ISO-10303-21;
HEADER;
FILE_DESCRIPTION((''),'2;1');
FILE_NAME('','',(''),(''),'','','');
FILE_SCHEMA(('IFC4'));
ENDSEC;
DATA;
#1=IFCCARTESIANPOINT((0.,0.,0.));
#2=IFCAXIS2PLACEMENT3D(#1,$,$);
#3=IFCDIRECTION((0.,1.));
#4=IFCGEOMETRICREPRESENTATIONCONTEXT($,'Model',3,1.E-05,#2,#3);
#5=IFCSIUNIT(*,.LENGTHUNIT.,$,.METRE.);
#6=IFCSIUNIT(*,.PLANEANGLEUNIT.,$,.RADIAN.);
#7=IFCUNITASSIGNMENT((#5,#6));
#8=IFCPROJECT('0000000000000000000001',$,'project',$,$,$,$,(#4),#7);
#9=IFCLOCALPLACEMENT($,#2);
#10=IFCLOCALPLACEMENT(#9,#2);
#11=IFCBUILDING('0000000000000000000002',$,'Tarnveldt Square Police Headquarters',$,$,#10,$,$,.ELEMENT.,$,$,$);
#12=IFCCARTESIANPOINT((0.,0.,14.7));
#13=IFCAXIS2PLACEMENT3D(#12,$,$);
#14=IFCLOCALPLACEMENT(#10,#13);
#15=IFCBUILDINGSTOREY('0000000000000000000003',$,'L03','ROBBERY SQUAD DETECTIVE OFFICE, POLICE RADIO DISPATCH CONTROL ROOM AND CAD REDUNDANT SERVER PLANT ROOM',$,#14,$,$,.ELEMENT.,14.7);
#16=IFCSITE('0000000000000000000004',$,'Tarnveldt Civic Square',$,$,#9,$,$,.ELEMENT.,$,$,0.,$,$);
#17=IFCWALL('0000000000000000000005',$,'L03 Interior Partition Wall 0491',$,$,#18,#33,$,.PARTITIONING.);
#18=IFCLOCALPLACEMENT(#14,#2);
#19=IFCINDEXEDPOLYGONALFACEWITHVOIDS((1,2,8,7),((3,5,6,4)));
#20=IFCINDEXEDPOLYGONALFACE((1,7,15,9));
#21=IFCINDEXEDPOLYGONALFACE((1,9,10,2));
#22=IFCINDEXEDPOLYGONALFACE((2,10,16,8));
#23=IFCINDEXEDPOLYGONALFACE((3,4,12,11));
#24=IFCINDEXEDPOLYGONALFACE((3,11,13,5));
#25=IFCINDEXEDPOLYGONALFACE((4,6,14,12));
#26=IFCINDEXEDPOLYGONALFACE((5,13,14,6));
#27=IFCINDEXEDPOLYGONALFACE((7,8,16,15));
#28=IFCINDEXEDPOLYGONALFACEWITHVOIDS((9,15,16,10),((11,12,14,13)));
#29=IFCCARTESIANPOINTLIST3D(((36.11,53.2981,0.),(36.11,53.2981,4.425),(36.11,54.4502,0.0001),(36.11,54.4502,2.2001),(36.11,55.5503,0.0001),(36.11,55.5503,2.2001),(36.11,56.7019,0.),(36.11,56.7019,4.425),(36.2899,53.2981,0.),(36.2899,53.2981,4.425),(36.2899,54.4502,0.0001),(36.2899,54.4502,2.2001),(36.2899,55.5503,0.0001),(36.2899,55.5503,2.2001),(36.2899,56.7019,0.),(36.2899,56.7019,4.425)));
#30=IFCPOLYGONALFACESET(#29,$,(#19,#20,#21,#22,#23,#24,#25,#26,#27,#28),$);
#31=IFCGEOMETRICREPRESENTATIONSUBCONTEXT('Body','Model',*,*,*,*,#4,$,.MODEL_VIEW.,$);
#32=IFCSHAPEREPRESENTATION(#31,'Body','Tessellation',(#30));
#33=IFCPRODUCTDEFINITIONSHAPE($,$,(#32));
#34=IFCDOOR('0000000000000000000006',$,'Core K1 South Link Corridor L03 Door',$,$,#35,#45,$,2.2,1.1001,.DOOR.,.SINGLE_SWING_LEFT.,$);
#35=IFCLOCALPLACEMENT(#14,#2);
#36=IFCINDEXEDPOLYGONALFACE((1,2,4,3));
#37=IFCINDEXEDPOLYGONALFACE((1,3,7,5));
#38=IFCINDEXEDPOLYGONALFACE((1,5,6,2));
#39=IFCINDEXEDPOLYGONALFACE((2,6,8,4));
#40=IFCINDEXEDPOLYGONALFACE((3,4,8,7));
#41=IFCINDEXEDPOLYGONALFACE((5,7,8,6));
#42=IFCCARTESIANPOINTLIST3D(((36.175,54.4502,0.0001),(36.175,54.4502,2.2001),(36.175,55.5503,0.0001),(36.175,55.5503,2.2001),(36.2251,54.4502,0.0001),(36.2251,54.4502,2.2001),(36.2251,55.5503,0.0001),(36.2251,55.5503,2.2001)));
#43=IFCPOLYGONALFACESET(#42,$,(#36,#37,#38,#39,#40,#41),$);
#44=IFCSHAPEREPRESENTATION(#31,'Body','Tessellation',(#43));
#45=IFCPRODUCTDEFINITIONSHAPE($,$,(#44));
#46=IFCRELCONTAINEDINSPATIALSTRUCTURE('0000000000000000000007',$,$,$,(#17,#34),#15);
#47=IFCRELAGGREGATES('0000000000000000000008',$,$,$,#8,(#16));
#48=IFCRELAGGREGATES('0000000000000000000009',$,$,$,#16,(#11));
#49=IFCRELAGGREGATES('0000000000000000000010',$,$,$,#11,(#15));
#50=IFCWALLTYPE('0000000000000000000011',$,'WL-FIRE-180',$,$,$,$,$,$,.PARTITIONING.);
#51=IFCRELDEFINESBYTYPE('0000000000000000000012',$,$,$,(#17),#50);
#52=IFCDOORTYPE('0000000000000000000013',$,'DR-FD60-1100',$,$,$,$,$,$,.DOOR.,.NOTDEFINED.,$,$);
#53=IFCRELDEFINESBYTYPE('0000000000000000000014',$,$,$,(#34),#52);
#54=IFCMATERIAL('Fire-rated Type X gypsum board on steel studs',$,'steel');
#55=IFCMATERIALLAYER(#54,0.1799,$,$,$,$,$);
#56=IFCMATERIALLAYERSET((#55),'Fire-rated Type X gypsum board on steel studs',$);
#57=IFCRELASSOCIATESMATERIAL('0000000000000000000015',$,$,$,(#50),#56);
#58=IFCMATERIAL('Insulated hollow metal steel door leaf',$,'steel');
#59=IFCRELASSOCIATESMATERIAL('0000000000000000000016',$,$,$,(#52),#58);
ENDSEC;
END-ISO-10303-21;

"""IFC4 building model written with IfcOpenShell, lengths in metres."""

from ifc_helpers import new_model, si_unit, direction, frame, frame_2d, origin, place, context, subcontext, project, spatial, rectangle, extrude, material, layer, layer_set, type_object, element, fill, save


model = new_model("IFC4")

# Units and contexts
model_context = context("Model", 3, precision=1e-05, world=origin(), true_north=direction((0.0, 1.0)))
body_context = subcontext(model_context, "Body", "Model", "MODEL_VIEW")
ifc_project = project(units=[si_unit("LENGTHUNIT", "METRE"), si_unit("PLANEANGLEUNIT", "RADIAN")], contexts=[model_context])

# Site, building, storey
site_placement = place(None, origin())
site = spatial("IfcSite", under=ifc_project, at=site_placement, Name="Tarnveldt Civic Square", CompositionType="ELEMENT", RefElevation=0.0)
building_placement = place(site_placement, origin())
building = spatial("IfcBuilding", under=site, at=building_placement, Name="Tarnveldt Square Police Headquarters", CompositionType="ELEMENT")
storey_placement = place(building_placement, frame((0.0, 0.0, 14.7)))
storey = spatial("IfcBuildingStorey", under=building, at=storey_placement, Name="L03", Description="ROBBERY SQUAD DETECTIVE OFFICE, POLICE RADIO DISPATCH CONTROL ROOM AND CAD REDUNDANT SERVER PLANT ROOM", CompositionType="ELEMENT", Elevation=14.7)

# Wall, opening, door
ifc_material_1 = material(Name="Fire-rated Type X gypsum board on steel studs", Category="steel")
ifc_layer_1 = layer(ifc_material_1, 0.1799)
ifc_layer_set_1 = layer_set([ifc_layer_1], Name="Fire-rated Type X gypsum board on steel studs")
wall_type = type_object("IfcWallType", Name="WL-FIRE-180", PredefinedType="PARTITIONING", material=ifc_layer_set_1)
wall_placement = place(storey_placement, frame((36.2, 53.2981, 0.0), z_axis=(0.0, 0.0, 1.0), x_axis=(0.0, 1.0, 0.0)))
wall = element("IfcWall", 1, at=wall_placement, inside=storey, type_object=wall_type, Name="L03 Interior Partition Wall 0491", PredefinedType="PARTITIONING", context=body_context, shape_type="SweptSolid", body=[
    extrude(rectangle(XDim=3.4038, YDim=0.1799, at=frame_2d((1.7019, 0.0))), origin(), (0.0, 0.0, 1.0), 4.425),
])
opening_placement = place(wall_placement, frame((1.1521, 0.0, 0.0)))
opening = element("IfcOpeningElement", 2, at=opening_placement, cuts=wall, PredefinedType="OPENING", context=body_context, shape_type="SweptSolid", body=[
    extrude(rectangle(XDim=1.1001, YDim=2.2, at=frame_2d((0.55, 1.1001))), frame((0.0, 0.0999, 0.0), z_axis=(0.0, -1.0, 0.0), x_axis=(1.0, 0.0, 0.0)), (0.0, 0.0, 1.0), 0.2),
])
ifc_material_2 = material(Name="Insulated hollow metal steel door leaf", Category="steel")
door_type = type_object("IfcDoorType", Name="DR-FD60-1100", OperationType="NOTDEFINED", PredefinedType="DOOR", material=ifc_material_2)
door_placement = place(opening_placement, origin())
door = element("IfcDoor", 3, at=door_placement, inside=storey, type_object=door_type, Name="Core K1 South Link Corridor L03 Door", OperationType="SINGLE_SWING_LEFT", OverallHeight=2.2, OverallWidth=1.1001, PredefinedType="DOOR", context=body_context, shape_type="SweptSolid", body=[
    extrude(rectangle(XDim=1.1001, YDim=2.2, at=frame_2d((0.55, 1.1001))), frame((0.0, 0.0249, 0.0), z_axis=(0.0, -1.0, 0.0), x_axis=(1.0, 0.0, 0.0)), (0.0, 0.0, 1.0), 0.05),
])
fill(opening, door)

save(model, "model.ifc")
